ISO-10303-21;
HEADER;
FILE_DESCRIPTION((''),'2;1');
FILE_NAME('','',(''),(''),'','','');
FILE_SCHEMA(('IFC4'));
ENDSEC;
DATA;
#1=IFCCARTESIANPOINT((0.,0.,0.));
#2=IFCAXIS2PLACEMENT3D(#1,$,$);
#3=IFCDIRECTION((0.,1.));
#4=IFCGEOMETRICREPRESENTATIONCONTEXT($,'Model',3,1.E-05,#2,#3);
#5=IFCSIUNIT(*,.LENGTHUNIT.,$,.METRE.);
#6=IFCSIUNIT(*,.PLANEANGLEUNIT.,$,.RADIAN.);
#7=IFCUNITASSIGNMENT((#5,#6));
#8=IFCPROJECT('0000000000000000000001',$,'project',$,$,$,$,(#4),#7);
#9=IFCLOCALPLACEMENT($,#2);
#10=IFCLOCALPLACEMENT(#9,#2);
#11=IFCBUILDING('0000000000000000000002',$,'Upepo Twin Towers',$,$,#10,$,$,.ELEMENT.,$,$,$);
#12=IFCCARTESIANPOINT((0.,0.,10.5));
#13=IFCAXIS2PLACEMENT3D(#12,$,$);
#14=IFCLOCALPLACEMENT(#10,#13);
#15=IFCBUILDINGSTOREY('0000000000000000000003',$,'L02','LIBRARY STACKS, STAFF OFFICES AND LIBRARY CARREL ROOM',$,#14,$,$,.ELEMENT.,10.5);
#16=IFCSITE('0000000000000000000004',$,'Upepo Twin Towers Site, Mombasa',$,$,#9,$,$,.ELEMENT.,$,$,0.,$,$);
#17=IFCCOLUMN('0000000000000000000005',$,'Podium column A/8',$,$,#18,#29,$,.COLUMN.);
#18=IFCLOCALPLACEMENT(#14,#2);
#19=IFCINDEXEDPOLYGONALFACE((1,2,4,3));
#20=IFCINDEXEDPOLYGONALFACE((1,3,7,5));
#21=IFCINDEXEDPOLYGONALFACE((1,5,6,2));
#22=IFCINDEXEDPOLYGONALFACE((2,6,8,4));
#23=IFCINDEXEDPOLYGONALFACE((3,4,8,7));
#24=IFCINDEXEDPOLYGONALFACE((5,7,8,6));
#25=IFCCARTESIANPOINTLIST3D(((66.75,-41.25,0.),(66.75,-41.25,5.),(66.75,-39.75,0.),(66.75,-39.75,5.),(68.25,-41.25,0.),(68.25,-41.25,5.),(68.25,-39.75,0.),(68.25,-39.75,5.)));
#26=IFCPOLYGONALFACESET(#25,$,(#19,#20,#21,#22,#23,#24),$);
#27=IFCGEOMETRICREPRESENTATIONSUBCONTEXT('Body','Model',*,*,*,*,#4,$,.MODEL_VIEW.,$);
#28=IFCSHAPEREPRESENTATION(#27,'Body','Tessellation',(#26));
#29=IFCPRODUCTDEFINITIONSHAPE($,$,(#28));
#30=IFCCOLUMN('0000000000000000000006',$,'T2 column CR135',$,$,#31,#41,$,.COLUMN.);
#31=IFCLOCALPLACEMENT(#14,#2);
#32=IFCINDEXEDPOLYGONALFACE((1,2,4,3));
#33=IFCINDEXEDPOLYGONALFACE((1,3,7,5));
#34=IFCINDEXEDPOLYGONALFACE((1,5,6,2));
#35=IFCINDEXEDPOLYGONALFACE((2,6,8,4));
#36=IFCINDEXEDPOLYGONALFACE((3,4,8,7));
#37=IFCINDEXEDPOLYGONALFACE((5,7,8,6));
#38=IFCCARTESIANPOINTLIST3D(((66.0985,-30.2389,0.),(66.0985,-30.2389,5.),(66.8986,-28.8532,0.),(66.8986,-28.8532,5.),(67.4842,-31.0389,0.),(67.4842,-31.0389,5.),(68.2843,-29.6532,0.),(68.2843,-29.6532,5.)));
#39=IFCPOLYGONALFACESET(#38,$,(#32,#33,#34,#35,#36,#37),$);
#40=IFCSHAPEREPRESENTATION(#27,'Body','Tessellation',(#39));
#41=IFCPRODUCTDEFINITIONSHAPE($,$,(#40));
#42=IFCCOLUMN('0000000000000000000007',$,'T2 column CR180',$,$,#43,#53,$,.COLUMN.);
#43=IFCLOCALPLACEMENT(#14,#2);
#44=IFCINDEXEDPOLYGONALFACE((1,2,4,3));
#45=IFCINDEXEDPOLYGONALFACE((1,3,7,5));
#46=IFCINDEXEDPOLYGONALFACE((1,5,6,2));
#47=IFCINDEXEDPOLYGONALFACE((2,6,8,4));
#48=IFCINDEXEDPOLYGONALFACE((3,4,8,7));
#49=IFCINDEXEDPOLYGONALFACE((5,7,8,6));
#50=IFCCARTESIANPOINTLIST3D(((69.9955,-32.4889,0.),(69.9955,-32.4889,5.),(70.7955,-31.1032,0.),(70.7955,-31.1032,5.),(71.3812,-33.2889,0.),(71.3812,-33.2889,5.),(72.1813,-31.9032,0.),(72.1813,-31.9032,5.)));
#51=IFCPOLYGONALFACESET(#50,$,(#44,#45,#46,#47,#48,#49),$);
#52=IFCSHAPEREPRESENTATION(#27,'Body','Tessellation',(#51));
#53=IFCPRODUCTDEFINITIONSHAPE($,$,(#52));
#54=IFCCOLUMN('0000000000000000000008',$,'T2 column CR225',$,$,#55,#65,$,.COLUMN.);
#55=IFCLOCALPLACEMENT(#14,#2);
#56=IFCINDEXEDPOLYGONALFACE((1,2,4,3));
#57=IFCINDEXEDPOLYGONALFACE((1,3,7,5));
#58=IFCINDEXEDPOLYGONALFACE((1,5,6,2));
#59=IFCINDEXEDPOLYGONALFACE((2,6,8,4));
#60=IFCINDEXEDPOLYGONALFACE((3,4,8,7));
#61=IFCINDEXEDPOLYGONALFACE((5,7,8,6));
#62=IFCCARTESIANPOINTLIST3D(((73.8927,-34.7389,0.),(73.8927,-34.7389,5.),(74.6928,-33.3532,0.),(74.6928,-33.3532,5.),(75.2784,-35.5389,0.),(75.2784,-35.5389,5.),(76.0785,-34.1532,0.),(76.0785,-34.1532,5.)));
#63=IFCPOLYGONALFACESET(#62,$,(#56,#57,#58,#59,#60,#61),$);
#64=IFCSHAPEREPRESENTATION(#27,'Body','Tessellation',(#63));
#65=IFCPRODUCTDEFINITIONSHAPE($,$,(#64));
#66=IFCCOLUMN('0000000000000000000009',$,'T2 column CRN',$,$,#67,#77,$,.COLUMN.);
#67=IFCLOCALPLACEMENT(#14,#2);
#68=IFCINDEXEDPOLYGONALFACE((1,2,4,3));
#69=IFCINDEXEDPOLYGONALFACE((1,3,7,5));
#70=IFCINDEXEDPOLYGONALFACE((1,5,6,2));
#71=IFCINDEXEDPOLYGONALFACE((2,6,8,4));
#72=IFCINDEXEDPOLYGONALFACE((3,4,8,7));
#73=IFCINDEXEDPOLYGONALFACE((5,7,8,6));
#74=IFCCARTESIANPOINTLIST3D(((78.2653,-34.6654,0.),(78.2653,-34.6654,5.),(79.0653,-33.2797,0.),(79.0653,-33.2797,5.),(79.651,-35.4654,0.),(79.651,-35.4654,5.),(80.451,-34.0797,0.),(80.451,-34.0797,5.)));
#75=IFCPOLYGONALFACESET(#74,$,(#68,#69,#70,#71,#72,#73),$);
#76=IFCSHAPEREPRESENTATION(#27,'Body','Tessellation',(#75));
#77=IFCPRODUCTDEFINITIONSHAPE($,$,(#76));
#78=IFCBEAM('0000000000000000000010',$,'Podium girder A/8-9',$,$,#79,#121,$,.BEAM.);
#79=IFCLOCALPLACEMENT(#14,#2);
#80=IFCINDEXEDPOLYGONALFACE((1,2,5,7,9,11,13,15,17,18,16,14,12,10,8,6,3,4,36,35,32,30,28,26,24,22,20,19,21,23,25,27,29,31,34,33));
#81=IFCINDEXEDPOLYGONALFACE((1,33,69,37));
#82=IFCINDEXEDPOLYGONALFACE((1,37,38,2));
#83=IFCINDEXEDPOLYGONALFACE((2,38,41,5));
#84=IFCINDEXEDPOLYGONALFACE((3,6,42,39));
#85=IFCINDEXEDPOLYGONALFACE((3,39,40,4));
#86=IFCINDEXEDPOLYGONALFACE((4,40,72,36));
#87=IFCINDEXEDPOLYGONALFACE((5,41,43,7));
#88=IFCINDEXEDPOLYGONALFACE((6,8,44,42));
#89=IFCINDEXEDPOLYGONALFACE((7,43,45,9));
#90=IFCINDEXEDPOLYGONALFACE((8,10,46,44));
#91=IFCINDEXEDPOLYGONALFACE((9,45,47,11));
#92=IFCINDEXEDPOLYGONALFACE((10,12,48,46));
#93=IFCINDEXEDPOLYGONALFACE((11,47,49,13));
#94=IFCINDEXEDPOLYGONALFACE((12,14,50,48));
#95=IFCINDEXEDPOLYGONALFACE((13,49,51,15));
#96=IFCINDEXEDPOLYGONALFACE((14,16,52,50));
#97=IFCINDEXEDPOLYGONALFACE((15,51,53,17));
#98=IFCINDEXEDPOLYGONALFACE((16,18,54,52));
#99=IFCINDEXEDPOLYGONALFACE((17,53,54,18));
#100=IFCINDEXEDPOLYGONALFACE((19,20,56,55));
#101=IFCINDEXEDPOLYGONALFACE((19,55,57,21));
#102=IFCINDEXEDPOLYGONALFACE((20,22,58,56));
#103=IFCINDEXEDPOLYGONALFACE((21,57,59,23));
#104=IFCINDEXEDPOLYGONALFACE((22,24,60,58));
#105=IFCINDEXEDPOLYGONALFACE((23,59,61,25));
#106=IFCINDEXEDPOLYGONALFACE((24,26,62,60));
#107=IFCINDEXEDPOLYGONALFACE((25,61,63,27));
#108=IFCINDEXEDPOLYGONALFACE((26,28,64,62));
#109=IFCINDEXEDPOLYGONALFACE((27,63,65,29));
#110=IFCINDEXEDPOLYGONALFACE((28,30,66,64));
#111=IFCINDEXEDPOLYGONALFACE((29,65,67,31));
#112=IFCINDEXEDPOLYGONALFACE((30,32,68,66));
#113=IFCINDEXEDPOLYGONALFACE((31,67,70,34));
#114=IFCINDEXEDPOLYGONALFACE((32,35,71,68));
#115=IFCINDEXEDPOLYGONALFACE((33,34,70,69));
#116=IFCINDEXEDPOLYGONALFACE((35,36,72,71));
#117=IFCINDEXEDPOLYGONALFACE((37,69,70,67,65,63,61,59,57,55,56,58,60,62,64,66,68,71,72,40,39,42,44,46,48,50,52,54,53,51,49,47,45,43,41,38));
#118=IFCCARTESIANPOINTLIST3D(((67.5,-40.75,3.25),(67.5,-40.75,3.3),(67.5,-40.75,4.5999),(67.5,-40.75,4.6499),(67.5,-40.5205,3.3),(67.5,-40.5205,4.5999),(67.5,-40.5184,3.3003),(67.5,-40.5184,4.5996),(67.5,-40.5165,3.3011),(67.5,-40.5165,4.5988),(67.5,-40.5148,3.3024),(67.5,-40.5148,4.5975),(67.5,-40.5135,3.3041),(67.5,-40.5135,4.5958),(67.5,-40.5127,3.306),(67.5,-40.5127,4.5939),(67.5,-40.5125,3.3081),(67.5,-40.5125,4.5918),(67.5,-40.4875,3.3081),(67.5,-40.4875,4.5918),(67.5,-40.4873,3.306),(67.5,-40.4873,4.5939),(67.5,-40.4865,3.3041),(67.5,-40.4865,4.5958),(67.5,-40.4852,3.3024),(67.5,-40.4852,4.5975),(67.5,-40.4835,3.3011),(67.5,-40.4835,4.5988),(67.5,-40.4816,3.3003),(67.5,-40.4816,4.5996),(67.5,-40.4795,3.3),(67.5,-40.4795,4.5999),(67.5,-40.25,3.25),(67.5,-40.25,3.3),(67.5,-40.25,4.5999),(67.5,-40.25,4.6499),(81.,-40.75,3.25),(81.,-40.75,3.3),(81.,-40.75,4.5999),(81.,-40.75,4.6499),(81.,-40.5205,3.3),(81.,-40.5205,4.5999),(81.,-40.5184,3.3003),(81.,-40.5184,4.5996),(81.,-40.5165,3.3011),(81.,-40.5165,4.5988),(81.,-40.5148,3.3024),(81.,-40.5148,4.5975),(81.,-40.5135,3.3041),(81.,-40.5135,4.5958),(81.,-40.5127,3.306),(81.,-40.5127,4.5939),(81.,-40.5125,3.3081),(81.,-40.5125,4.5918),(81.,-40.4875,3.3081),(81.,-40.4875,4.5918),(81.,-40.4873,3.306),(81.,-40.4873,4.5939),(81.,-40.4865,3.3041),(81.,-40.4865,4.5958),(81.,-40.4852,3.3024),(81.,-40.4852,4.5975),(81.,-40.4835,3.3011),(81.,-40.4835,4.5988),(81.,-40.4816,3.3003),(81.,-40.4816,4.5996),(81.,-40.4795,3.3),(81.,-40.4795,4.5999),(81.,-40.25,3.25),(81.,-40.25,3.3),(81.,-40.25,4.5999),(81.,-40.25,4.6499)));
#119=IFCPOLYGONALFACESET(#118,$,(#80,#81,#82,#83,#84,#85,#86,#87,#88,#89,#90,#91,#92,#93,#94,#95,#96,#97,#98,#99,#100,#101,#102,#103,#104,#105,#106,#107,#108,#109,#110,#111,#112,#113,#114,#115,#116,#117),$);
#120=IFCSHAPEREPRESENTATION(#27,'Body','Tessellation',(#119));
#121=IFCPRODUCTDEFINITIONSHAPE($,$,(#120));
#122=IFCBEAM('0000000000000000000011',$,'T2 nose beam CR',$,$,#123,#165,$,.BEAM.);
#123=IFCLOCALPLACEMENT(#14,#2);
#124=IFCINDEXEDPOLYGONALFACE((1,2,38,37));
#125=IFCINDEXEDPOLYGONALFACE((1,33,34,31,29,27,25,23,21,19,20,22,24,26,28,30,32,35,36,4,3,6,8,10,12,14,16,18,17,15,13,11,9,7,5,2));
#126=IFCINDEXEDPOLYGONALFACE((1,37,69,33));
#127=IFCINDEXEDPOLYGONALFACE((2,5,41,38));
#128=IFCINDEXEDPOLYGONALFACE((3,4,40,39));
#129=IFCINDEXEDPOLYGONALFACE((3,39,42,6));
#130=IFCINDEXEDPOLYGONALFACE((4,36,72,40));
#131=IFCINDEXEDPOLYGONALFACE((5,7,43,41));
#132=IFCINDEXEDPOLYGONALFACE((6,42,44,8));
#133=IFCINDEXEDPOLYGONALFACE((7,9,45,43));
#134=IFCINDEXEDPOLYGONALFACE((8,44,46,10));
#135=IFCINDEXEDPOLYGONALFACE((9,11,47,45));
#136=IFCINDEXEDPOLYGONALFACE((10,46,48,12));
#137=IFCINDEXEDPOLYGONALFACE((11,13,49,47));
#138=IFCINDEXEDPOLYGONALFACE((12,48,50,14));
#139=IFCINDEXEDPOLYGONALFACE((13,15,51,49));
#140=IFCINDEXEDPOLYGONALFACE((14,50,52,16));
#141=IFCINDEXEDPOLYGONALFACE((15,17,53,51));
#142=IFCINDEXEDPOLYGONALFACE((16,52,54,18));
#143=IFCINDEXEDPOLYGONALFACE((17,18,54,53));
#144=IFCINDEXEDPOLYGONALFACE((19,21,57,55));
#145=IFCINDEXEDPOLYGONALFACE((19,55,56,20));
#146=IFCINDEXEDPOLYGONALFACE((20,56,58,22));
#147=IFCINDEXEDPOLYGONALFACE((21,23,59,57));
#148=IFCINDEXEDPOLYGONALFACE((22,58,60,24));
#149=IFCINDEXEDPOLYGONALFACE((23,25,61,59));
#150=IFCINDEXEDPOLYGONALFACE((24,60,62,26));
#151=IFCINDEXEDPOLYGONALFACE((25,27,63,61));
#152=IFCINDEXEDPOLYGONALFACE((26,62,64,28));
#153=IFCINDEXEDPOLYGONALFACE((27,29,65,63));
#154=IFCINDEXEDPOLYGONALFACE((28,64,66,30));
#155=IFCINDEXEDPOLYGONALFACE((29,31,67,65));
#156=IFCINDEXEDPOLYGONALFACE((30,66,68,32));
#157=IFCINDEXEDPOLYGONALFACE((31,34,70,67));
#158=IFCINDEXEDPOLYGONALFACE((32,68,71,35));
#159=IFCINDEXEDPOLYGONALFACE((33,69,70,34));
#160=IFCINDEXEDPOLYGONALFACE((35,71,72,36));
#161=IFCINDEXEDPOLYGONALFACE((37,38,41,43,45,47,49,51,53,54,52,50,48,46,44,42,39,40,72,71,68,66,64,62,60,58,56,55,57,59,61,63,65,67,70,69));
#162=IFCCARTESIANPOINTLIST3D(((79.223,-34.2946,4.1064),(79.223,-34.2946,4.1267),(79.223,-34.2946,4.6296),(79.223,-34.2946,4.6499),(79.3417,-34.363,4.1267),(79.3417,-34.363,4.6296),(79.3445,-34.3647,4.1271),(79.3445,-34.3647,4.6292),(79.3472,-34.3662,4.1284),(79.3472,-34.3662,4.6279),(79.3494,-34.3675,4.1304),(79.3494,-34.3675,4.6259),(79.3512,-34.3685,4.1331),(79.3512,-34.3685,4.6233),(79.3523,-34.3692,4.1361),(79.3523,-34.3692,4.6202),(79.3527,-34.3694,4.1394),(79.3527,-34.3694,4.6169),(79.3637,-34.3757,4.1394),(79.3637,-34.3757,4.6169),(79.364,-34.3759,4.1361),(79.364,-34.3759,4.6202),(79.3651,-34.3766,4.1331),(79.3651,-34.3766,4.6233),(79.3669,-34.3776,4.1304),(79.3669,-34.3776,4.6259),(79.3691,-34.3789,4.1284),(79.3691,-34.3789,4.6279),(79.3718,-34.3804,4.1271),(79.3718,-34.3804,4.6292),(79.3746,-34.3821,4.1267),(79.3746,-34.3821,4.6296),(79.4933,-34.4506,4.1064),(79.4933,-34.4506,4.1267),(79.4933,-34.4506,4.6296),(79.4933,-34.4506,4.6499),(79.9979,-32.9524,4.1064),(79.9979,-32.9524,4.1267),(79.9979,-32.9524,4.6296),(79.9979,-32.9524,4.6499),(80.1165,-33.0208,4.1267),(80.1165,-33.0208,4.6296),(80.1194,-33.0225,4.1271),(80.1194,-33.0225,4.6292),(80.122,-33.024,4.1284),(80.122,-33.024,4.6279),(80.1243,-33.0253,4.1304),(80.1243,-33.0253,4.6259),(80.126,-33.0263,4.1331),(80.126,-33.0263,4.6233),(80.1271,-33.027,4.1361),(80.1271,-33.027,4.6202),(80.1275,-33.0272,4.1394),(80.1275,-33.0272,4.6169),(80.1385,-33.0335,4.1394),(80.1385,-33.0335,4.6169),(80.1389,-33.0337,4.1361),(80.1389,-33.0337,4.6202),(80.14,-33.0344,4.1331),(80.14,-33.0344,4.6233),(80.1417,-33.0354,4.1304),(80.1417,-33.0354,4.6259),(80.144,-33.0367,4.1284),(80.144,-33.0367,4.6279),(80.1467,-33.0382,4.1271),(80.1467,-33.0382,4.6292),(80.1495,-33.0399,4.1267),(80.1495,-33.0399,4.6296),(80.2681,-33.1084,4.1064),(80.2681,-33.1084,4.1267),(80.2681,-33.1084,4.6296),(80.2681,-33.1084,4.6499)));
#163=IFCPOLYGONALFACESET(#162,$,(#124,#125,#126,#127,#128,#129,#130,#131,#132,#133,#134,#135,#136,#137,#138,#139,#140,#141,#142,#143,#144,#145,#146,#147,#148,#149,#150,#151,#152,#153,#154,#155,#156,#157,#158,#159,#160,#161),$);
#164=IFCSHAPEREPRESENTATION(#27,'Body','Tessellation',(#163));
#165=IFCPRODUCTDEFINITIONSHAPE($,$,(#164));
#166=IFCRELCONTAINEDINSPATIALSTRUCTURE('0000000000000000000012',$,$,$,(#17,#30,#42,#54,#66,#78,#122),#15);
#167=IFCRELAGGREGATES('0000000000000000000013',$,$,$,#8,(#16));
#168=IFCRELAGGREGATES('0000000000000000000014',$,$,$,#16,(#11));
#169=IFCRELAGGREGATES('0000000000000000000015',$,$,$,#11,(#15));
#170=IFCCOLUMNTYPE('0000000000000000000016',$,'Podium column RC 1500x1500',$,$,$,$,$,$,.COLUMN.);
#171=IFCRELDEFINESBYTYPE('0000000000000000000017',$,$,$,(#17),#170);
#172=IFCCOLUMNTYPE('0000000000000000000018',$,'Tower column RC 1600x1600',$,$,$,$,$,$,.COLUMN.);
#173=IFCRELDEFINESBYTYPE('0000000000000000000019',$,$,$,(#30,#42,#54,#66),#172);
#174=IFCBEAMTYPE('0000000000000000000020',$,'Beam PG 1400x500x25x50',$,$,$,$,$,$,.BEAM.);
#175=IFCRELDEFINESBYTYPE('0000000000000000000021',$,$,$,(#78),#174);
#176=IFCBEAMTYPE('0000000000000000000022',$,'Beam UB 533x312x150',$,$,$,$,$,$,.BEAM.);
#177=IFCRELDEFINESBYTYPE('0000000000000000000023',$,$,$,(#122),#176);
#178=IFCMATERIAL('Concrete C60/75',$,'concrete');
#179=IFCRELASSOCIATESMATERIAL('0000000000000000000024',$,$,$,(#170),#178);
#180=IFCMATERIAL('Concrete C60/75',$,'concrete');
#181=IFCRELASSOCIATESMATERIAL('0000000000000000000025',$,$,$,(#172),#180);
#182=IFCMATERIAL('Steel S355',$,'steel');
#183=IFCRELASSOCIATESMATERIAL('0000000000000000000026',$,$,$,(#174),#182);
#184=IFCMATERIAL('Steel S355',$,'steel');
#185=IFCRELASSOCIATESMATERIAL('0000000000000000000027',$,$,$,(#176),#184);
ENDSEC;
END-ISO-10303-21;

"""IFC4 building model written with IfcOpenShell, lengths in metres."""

from ifc_helpers import new_model, si_unit, direction, frame, origin, origin_2d, place, context, subcontext, project, spatial, rectangle, i_section, extrude, material, material_profile, profile_set, type_object, element, save


model = new_model("IFC4")

# Units and contexts
model_context = context("Model", 3, precision=1e-05, world=origin(), true_north=direction((0.0, 1.0)))
body_context = subcontext(model_context, "Body", "Model", "MODEL_VIEW")
ifc_project = project(units=[si_unit("LENGTHUNIT", "METRE"), si_unit("PLANEANGLEUNIT", "RADIAN")], contexts=[model_context])

# Site, building, storey
site_placement = place(None, origin())
site = spatial("IfcSite", under=ifc_project, at=site_placement, Name="Upepo Twin Towers Site, Mombasa", CompositionType="ELEMENT", RefElevation=0.0)
building_placement = place(site_placement, origin())
building = spatial("IfcBuilding", under=site, at=building_placement, Name="Upepo Twin Towers", CompositionType="ELEMENT")
storey_placement = place(building_placement, frame((0.0, 0.0, 10.5)))
storey = spatial("IfcBuildingStorey", under=building, at=storey_placement, Name="L02", Description="LIBRARY STACKS, STAFF OFFICES AND LIBRARY CARREL ROOM", CompositionType="ELEMENT", Elevation=10.5)

# Columns
ifc_material_1 = material(Name="Concrete C60/75", Category="concrete")
ifc_material_profile_1 = material_profile(ifc_material_1, rectangle(XDim=1.5, YDim=1.5, at=origin_2d()), Name="RC 1500x1500")
ifc_profile_set_1 = profile_set([ifc_material_profile_1], Name="Concrete C60/75")
column_type_1 = type_object("IfcColumnType", Name="Podium column RC 1500x1500", PredefinedType="COLUMN", material=ifc_profile_set_1)
column_placement = place(storey_placement, frame((67.5, -40.5, 0.0), z_axis=(0.0, 0.0, 1.0), x_axis=(1.0, 0.0, 0.0)))
element("IfcColumn", 1, at=column_placement, inside=storey, type_object=column_type_1, Name="Podium column A/8", PredefinedType="COLUMN", context=body_context, shape_type="SweptSolid", body=[
    extrude(rectangle(XDim=1.5, YDim=1.5, at=origin_2d()), origin(), (0.0, 0.0, 1.0), 5.0),
])
ifc_material_2 = material(Name="Concrete C60/75", Category="concrete")
ifc_material_profile_2 = material_profile(ifc_material_2, rectangle(XDim=1.6001, YDim=1.6001, at=origin_2d()), Name="RC 1600x1600")
ifc_profile_set_2 = profile_set([ifc_material_profile_2], Name="Concrete C60/75")
column_type_2 = type_object("IfcColumnType", Name="Tower column RC 1600x1600", PredefinedType="COLUMN", material=ifc_profile_set_2)
for number, where, z_axis, x_axis, name in (
    (2, (67.1914, -29.946, 0.0), (0.0, 0.0, 1.0), (0.5, 0.866025, 0.0), "T2 column CR135"),
    (3, (71.0884, -32.196, 0.0), (0.0, 0.0, 1.0), (0.5, 0.866025, 0.0), "T2 column CR180"),
    (4, (74.9856, -34.446, 0.0), (0.0, 0.0, 1.0), (0.5, 0.866025, 0.0), "T2 column CR225"),
    (5, (79.3582, -34.3726, 0.0), (0.0, 0.0, 1.0), (0.5, 0.866025, 0.0), "T2 column CRN"),
):
    element("IfcColumn", number, at=place(storey_placement, frame(where, z_axis=z_axis, x_axis=x_axis)), inside=storey, type_object=column_type_2, Name=name, PredefinedType="COLUMN", context=body_context, shape_type="SweptSolid", body=[
        extrude(rectangle(XDim=1.6001, YDim=1.6001, at=origin_2d()), origin(), (0.0, 0.0, 1.0), 5.0),
    ])

# Beams
ifc_material_3 = material(Name="Steel S355", Category="steel")
ifc_material_profile_3 = material_profile(ifc_material_3, i_section(OverallWidth=0.5, OverallDepth=1.3999, WebThickness=0.0249, FlangeThickness=0.05, FilletRadius=0.0081, at=origin_2d()), Name="PG 1400x500x25x50")
ifc_profile_set_3 = profile_set([ifc_material_profile_3], Name="Steel S355")
beam_type_1 = type_object("IfcBeamType", Name="Beam PG 1400x500x25x50", PredefinedType="BEAM", material=ifc_profile_set_3)
beam_1_placement = place(storey_placement, frame((67.5, -40.5, 3.95), z_axis=(1.0, 0.0, 0.0), x_axis=(0.0, 1.0, 0.0)))
element("IfcBeam", 6, at=beam_1_placement, inside=storey, type_object=beam_type_1, Name="Podium girder A/8-9", PredefinedType="BEAM", context=body_context, shape_type="SweptSolid", body=[
    extrude(i_section(OverallWidth=0.5, OverallDepth=1.3999, WebThickness=0.0249, FlangeThickness=0.05, FilletRadius=0.0081, at=origin_2d()), origin(), (0.0, 0.0, 1.0), 13.5),
])
ifc_material_4 = material(Name="Steel S355", Category="steel")
ifc_material_profile_4 = material_profile(ifc_material_4, i_section(OverallWidth=0.312, OverallDepth=0.5435, WebThickness=0.0127, FlangeThickness=0.0203, FilletRadius=0.0127, at=origin_2d()), Name="UB 533x312x150")
ifc_profile_set_4 = profile_set([ifc_material_profile_4], Name="Steel S355")
beam_type_2 = type_object("IfcBeamType", Name="Beam UB 533x312x150", PredefinedType="BEAM", material=ifc_profile_set_4)
beam_2_placement = place(storey_placement, frame((79.3582, -34.3726, 4.3782), z_axis=(0.499968, 0.866044, 0.0), x_axis=(-0.866044, 0.499968, 0.0)))
element("IfcBeam", 7, at=beam_2_placement, inside=storey, type_object=beam_type_2, Name="T2 nose beam CR", PredefinedType="BEAM", context=body_context, shape_type="SweptSolid", body=[
    extrude(i_section(OverallWidth=0.312, OverallDepth=0.5435, WebThickness=0.0127, FlangeThickness=0.0203, FilletRadius=0.0127, at=origin_2d()), origin(), (0.0, 0.0, 1.0), 1.5498),
])

save(model, "model.ifc")
